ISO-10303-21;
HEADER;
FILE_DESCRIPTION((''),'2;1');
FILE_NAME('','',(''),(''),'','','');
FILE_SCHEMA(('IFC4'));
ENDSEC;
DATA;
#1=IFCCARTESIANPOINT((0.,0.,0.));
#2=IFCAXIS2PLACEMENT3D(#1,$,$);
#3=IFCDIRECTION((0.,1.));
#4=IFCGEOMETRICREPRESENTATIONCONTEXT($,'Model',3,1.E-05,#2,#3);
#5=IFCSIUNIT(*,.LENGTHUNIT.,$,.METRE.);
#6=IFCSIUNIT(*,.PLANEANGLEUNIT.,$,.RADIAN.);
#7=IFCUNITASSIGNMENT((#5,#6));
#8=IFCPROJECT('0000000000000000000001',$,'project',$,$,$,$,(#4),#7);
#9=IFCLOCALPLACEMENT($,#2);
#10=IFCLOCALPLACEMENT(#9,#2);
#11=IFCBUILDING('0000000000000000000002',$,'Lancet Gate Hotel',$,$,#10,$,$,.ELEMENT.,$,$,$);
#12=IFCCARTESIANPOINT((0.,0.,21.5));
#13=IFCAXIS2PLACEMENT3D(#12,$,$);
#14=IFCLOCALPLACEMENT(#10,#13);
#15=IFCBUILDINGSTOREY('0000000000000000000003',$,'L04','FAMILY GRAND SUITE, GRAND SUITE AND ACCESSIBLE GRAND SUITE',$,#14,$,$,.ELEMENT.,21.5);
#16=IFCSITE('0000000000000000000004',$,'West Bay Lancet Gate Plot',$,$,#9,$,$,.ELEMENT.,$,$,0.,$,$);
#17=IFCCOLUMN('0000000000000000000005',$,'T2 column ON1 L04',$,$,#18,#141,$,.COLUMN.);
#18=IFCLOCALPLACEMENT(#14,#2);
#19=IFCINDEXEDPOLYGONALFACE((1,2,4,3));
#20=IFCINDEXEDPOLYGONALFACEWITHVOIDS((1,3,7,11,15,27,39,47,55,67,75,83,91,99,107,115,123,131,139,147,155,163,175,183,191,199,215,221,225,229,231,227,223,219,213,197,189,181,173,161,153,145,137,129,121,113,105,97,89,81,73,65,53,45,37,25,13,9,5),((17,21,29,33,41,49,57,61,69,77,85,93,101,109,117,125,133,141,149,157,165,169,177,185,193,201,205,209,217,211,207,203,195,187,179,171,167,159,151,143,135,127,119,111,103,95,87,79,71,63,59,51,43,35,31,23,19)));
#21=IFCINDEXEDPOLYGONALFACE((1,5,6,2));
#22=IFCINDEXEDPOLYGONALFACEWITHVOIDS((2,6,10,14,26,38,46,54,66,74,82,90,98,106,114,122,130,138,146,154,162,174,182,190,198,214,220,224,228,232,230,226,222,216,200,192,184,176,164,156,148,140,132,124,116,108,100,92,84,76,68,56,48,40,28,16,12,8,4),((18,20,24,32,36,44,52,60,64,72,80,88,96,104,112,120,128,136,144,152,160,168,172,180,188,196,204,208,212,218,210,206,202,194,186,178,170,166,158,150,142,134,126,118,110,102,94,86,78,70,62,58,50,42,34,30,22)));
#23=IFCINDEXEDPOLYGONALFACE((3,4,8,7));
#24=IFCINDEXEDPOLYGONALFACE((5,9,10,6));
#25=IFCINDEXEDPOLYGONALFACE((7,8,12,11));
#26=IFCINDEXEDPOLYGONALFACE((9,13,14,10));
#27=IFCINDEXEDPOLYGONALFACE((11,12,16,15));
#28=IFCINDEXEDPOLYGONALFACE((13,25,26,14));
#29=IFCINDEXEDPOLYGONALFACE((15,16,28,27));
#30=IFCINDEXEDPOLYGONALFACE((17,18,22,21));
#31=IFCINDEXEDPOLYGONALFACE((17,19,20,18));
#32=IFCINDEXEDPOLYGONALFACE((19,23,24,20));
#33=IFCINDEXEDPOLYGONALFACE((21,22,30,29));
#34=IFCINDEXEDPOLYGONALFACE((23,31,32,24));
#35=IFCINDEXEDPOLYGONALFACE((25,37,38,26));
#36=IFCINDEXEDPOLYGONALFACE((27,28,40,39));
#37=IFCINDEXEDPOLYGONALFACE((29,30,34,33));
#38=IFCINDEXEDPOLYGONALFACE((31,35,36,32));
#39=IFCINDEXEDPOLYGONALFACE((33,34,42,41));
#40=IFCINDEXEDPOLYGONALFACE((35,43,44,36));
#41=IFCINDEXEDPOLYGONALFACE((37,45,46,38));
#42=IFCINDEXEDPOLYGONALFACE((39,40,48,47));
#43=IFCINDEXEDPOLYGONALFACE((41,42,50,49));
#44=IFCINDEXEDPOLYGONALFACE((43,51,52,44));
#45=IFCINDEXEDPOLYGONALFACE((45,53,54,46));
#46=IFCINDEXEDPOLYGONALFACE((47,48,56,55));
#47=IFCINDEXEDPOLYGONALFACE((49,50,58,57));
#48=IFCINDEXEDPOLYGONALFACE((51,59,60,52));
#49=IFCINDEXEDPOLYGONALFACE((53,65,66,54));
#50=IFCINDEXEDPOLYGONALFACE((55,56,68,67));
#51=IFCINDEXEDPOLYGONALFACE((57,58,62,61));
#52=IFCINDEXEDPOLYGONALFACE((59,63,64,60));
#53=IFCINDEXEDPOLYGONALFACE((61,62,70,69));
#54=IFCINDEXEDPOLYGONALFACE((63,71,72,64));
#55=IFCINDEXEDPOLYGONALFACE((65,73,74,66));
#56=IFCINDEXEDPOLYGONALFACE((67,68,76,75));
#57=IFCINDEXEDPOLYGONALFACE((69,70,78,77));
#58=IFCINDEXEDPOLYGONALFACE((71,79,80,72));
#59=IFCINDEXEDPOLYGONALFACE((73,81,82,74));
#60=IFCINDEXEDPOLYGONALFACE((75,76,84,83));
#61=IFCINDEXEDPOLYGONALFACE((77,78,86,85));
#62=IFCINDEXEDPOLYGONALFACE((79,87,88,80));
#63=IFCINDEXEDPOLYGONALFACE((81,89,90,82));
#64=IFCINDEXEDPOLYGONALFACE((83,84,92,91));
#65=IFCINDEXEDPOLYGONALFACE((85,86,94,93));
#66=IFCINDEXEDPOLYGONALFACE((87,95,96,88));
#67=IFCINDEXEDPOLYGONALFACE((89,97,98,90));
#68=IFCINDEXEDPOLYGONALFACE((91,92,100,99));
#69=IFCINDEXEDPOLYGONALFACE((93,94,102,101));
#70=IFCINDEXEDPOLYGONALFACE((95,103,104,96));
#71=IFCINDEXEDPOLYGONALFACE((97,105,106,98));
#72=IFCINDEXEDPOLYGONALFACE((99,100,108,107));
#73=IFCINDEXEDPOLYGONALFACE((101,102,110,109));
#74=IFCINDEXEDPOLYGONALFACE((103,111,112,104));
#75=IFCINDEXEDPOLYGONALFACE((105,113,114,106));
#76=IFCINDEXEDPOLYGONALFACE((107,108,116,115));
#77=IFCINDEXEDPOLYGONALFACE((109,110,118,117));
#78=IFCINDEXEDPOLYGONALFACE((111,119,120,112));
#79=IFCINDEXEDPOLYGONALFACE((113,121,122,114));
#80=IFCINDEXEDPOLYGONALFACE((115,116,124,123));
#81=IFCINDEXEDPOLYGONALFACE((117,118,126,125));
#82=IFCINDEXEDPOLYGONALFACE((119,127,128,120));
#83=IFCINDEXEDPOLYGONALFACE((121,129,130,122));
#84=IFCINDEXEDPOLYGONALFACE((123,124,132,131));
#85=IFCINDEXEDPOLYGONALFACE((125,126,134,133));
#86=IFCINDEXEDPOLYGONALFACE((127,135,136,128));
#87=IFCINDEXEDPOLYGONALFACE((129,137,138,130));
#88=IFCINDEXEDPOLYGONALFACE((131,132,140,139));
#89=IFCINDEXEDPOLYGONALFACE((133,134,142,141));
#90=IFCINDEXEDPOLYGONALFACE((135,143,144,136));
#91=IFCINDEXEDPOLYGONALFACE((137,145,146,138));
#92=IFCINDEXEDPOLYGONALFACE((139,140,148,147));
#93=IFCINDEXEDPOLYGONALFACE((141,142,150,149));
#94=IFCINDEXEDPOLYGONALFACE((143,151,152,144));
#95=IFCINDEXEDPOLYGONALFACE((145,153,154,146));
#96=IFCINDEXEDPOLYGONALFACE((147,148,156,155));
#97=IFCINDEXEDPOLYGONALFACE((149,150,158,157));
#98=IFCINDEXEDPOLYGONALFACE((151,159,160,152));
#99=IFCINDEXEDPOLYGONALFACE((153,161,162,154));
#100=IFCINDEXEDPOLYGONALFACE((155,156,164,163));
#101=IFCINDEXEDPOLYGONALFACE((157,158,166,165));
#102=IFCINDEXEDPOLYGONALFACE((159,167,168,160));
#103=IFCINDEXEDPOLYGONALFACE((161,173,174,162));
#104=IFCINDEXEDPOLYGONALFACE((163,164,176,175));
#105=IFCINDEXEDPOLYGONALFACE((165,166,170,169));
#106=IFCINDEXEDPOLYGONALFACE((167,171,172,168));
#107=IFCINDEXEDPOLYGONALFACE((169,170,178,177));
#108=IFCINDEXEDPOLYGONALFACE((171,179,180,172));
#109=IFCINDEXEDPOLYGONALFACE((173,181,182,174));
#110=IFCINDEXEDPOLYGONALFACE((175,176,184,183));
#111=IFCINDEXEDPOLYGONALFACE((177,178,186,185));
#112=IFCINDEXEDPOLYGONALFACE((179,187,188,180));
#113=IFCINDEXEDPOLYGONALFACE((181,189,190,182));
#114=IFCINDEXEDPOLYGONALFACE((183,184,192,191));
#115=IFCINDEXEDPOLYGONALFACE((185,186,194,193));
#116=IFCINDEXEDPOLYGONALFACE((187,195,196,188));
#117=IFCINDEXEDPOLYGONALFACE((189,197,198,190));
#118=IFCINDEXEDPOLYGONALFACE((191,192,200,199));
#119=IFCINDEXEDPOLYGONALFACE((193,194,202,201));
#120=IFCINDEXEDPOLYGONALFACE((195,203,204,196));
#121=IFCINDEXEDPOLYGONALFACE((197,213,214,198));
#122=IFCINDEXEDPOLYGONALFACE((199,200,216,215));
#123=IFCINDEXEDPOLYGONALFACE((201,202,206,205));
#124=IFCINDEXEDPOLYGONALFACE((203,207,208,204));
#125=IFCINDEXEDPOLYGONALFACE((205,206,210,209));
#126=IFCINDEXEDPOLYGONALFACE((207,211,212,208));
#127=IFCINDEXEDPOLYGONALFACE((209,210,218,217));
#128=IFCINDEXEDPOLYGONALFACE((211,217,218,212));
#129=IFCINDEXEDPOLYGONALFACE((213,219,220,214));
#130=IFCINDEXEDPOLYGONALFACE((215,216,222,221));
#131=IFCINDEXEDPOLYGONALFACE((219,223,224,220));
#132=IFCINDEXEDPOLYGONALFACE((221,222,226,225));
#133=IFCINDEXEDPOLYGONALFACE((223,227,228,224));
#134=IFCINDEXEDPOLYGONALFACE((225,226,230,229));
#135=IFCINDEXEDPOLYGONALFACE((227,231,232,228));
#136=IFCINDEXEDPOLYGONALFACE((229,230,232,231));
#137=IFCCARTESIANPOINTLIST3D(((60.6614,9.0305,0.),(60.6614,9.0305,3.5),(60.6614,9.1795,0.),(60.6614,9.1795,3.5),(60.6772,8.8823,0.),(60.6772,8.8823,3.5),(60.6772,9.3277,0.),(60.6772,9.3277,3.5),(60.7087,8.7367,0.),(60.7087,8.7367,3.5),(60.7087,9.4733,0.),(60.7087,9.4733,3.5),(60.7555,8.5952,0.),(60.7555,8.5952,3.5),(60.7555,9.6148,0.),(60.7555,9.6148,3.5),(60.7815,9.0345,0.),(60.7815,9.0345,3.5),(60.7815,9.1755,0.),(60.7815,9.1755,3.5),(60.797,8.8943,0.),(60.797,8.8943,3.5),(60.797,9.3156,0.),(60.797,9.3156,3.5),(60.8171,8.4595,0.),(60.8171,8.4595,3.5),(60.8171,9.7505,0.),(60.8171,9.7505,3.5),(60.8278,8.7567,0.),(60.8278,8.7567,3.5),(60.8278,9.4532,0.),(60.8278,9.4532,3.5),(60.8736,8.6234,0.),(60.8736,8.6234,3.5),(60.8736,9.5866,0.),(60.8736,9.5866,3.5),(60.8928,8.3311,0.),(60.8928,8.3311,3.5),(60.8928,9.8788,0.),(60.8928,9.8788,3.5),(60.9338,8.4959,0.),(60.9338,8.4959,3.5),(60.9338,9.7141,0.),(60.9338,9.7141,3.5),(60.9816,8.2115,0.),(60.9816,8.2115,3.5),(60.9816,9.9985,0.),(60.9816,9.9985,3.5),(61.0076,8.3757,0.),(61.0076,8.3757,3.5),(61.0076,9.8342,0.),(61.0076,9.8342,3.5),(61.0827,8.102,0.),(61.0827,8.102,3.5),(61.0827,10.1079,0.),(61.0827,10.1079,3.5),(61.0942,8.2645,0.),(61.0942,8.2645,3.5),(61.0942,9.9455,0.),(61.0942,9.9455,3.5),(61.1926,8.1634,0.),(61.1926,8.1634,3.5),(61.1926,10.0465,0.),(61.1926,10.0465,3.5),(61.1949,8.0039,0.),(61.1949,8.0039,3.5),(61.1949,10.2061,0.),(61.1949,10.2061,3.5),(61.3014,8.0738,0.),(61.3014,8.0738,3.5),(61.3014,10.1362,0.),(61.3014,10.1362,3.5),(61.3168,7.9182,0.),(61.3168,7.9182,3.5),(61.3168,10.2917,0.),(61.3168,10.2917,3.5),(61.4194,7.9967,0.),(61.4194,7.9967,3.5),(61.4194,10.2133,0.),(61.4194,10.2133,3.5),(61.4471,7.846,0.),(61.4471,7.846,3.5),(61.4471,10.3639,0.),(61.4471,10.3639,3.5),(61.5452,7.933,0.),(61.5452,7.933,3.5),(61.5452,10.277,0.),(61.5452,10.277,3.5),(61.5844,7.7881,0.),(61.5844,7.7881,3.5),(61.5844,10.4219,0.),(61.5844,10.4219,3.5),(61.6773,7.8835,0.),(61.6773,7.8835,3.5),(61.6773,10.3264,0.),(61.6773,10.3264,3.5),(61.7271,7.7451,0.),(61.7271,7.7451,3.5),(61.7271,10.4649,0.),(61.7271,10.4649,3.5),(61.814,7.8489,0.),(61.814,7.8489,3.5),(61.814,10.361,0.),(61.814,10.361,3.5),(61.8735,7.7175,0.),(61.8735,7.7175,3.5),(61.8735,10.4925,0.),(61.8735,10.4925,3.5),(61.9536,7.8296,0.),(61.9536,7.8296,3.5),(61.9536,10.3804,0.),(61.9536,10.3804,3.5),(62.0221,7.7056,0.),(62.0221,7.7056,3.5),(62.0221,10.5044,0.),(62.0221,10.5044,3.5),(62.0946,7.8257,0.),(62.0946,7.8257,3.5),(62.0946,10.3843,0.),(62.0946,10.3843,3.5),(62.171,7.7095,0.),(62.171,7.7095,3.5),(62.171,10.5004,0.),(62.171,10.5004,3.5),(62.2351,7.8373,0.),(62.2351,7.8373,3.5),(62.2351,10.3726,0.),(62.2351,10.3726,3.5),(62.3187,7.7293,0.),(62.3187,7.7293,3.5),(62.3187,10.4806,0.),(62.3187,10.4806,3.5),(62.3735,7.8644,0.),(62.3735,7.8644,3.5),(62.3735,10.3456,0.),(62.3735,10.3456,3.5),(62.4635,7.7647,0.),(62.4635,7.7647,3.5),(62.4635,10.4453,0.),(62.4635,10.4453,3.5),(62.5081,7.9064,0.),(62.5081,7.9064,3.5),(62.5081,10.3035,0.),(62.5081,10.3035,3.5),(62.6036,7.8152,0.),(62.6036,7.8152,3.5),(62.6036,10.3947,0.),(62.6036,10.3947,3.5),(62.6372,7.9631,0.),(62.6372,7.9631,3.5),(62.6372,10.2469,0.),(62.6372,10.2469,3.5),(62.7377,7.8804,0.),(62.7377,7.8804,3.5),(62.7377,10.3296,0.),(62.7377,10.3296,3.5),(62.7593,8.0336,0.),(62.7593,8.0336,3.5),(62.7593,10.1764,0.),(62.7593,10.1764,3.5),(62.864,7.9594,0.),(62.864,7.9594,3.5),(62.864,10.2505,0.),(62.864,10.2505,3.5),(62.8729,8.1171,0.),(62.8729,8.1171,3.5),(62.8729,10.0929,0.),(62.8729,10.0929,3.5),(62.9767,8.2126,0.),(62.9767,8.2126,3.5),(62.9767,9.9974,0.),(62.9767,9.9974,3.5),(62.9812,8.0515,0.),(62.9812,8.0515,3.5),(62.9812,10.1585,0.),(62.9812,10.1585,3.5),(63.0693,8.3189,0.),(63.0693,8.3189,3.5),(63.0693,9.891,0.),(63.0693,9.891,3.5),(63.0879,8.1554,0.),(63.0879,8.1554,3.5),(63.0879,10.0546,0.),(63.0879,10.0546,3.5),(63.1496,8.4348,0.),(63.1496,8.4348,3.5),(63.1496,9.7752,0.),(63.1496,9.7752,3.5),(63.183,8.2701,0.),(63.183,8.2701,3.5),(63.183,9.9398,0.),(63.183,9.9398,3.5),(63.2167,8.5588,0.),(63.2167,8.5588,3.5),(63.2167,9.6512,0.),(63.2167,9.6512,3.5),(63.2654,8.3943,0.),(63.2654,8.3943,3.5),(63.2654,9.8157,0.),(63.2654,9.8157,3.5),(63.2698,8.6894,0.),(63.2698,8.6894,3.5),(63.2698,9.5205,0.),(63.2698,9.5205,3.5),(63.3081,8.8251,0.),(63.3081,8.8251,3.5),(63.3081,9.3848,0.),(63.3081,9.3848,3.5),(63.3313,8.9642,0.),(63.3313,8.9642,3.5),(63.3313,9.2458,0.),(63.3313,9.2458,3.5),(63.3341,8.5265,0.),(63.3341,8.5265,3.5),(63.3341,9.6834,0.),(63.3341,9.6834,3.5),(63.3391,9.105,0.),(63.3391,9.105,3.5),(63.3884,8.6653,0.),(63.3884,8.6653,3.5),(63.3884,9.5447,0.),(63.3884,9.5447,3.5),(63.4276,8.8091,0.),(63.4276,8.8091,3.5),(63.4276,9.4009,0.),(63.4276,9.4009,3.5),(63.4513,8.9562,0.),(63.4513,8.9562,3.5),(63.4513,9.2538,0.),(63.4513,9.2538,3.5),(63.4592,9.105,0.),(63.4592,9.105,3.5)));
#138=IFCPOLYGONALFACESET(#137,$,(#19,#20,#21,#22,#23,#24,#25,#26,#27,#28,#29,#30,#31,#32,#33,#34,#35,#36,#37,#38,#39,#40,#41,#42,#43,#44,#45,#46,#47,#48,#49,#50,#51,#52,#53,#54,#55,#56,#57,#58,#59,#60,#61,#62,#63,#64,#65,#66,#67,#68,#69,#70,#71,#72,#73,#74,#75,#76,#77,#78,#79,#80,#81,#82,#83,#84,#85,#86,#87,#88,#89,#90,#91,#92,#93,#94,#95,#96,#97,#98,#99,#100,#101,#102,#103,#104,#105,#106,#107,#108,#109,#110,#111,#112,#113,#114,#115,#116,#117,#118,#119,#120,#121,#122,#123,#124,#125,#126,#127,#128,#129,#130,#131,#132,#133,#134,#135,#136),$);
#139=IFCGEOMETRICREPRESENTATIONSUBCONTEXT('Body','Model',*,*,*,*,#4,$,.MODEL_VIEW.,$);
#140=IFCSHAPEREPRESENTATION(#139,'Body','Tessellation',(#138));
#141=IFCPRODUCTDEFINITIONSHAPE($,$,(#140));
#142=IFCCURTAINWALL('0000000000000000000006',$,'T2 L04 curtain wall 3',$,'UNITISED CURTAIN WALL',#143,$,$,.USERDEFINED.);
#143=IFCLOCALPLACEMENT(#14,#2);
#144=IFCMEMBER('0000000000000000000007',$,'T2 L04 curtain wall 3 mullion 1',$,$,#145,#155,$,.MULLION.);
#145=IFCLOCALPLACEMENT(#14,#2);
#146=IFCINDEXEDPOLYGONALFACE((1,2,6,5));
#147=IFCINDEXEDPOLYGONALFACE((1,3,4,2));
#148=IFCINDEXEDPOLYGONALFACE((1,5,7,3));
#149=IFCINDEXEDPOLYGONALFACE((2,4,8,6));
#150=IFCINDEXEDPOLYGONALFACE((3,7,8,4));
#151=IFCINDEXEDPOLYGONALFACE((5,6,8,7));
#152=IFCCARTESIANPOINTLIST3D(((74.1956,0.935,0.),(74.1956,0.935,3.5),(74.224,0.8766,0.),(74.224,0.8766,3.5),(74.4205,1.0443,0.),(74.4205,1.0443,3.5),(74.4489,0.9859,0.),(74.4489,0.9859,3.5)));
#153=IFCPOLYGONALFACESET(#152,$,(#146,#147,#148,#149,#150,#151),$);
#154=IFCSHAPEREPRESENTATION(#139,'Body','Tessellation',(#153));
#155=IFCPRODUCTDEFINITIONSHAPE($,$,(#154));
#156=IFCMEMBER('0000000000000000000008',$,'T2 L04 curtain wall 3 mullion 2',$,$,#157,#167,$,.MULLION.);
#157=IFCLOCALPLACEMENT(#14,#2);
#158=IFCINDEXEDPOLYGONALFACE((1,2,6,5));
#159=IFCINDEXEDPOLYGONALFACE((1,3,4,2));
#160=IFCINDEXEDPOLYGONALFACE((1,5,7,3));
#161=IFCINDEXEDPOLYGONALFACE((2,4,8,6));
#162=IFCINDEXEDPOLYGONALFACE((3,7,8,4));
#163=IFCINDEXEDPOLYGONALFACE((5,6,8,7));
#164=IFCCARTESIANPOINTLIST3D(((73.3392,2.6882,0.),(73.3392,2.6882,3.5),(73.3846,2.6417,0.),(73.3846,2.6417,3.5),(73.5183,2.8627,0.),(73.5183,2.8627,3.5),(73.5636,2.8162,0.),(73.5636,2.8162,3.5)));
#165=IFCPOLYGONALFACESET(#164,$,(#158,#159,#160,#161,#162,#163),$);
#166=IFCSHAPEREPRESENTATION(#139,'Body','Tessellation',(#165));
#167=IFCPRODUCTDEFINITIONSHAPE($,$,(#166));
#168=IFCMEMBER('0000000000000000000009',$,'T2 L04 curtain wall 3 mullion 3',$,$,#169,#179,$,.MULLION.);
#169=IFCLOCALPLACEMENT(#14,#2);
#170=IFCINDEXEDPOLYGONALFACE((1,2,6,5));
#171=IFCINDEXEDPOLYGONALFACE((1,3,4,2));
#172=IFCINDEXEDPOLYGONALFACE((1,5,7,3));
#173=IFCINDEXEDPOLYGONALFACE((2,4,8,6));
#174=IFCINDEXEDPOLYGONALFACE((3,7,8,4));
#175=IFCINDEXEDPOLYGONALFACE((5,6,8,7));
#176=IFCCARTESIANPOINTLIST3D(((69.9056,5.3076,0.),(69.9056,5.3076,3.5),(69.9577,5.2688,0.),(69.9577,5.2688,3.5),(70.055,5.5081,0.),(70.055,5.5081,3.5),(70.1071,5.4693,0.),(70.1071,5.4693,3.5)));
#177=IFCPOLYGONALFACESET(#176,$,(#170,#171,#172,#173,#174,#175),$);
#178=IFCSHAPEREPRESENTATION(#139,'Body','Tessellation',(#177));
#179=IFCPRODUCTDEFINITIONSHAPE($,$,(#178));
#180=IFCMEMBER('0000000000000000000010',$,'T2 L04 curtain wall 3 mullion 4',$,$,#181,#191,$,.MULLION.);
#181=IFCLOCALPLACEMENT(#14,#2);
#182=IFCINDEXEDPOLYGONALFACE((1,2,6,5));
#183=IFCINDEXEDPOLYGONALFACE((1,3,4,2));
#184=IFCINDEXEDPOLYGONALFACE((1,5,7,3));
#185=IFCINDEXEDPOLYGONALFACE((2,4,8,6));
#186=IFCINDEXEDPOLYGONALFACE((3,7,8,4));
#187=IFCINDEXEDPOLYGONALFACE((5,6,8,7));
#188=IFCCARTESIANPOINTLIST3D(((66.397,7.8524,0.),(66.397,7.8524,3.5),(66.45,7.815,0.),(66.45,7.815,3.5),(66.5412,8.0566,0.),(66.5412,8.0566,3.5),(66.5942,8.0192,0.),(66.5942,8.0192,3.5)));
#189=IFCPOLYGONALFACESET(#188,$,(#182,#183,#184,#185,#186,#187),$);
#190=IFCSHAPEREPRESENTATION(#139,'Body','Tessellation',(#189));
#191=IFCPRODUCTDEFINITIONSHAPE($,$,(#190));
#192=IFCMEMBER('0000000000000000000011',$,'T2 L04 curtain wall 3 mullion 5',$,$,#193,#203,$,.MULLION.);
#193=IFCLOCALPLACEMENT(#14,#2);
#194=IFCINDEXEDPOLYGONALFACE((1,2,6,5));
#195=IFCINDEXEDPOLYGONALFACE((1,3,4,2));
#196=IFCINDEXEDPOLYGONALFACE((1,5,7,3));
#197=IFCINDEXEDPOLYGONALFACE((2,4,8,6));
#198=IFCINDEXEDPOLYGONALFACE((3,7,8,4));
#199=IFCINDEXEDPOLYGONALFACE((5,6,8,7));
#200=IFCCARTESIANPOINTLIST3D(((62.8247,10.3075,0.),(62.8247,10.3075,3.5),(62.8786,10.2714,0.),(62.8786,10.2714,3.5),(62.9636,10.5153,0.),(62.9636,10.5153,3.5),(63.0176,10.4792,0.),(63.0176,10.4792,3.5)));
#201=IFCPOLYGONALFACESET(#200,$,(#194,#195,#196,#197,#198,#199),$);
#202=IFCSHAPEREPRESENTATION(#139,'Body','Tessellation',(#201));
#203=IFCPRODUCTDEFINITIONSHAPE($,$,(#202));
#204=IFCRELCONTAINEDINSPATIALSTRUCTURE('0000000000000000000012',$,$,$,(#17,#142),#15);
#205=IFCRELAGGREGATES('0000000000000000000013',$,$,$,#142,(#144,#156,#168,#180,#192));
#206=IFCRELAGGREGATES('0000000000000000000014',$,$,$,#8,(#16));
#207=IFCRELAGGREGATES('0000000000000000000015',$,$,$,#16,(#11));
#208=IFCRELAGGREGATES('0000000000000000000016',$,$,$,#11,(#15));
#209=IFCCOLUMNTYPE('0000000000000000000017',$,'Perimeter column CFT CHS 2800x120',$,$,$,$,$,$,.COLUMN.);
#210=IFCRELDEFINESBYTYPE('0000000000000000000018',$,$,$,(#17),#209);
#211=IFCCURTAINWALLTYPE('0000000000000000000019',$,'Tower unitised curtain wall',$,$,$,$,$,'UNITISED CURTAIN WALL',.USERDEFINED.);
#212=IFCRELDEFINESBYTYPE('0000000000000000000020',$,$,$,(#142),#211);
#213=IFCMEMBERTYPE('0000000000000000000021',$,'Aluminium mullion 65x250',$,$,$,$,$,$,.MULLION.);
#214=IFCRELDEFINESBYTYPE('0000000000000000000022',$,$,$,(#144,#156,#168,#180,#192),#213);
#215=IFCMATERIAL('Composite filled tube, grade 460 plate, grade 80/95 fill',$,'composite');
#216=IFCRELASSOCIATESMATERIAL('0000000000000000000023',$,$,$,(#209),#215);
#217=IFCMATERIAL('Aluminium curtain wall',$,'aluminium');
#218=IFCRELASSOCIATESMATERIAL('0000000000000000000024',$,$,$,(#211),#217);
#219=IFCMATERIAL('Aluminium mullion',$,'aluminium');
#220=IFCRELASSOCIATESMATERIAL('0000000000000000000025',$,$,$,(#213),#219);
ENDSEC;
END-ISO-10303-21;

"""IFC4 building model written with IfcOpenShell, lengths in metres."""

from ifc_helpers import new_model, si_unit, direction, frame, origin, origin_2d, place, context, subcontext, project, spatial, rectangle, hollow_circle, extrude, material, material_profile, profile_set, type_object, element, aggregate, save


model = new_model("IFC4")

# Units and contexts
model_context = context("Model", 3, precision=1e-05, world=origin(), true_north=direction((0.0, 1.0)))
body_context = subcontext(model_context, "Body", "Model", "MODEL_VIEW")
ifc_project = project(units=[si_unit("LENGTHUNIT", "METRE"), si_unit("PLANEANGLEUNIT", "RADIAN")], contexts=[model_context])

# Site, building, storey
site_placement = place(None, origin())
site = spatial("IfcSite", under=ifc_project, at=site_placement, Name="West Bay Lancet Gate Plot", CompositionType="ELEMENT", RefElevation=0.0)
building_placement = place(site_placement, origin())
building = spatial("IfcBuilding", under=site, at=building_placement, Name="Lancet Gate Hotel", CompositionType="ELEMENT")
storey_placement = place(building_placement, frame((0.0, 0.0, 21.5)))
storey = spatial("IfcBuildingStorey", under=building, at=storey_placement, Name="L04", Description="FAMILY GRAND SUITE, GRAND SUITE AND ACCESSIBLE GRAND SUITE", CompositionType="ELEMENT", Elevation=21.5)

# Column
ifc_material_1 = material(Name="Composite filled tube, grade 460 plate, grade 80/95 fill", Category="composite")
ifc_material_profile_1 = material_profile(ifc_material_1, hollow_circle(Radius=1.3999, WallThickness=0.1201, at=origin_2d()), Name="CHS 2800x120")
ifc_profile_set_1 = profile_set([ifc_material_profile_1], Name="Composite filled tube, grade 460 plate, grade 80/95 fill")
column_type_1 = type_object("IfcColumnType", Name="Perimeter column CFT CHS 2800x120", PredefinedType="COLUMN", material=ifc_profile_set_1)
column_1_placement = place(storey_placement, frame((62.0593, 9.105, 0.0), z_axis=(0.0, 0.0, 1.0), x_axis=(1.0, 0.0, 0.0)))
element("IfcColumn", 1, at=column_1_placement, inside=storey, type_object=column_type_1, Name="T2 column ON1 L04", PredefinedType="COLUMN", context=body_context, shape_type="SweptSolid", body=[
    extrude(hollow_circle(Radius=1.3999, WallThickness=0.1201, at=origin_2d()), origin(), (0.0, 0.0, 1.0), 3.5),
])

# Curtain wall, members
ifc_material_2 = material(Name="Aluminium curtain wall", Category="aluminium")
curtain_wall_type = type_object("IfcCurtainWallType", Name="Tower unitised curtain wall", ElementType="UNITISED CURTAIN WALL", PredefinedType="USERDEFINED", material=ifc_material_2)
curtain_wall_placement = place(storey_placement, origin())
curtain_wall = element("IfcCurtainWall", 2, at=curtain_wall_placement, inside=storey, type_object=curtain_wall_type, Name="T2 L04 curtain wall 3", ObjectType="UNITISED CURTAIN WALL", PredefinedType="USERDEFINED")
ifc_material_3 = material(Name="Aluminium mullion", Category="aluminium")
ifc_material_profile_2 = material_profile(ifc_material_3, rectangle(XDim=0.0649, YDim=0.25, at=origin_2d()), Name="MULLION 65x250")
ifc_profile_set_2 = profile_set([ifc_material_profile_2], Name="Aluminium mullion")
member_type_1 = type_object("IfcMemberType", Name="Aluminium mullion 65x250", PredefinedType="MULLION", material=ifc_profile_set_2)
member_1_placement = place(storey_placement, frame((74.3223, 0.9604, 0.0), z_axis=(0.0, 0.0, 1.0), x_axis=(-0.437169, 0.899379, 0.0)))
member_1 = element("IfcMember", 3, at=member_1_placement, type_object=member_type_1, Name="T2 L04 curtain wall 3 mullion 1", PredefinedType="MULLION", context=body_context, shape_type="SweptSolid", body=[
    extrude(rectangle(XDim=0.0649, YDim=0.25, at=origin_2d()), origin(), (0.0, 0.0, 1.0), 3.5),
])
member_2_placement = place(storey_placement, frame((73.4514, 2.7522, 0.0), z_axis=(0.0, 0.0, 1.0), x_axis=(-0.697983, 0.716114, 0.0)))
member_2 = element("IfcMember", 4, at=member_2_placement, type_object=member_type_1, Name="T2 L04 curtain wall 3 mullion 2", PredefinedType="MULLION", context=body_context, shape_type="SweptSolid", body=[
    extrude(rectangle(XDim=0.0649, YDim=0.25, at=origin_2d()), origin(), (0.0, 0.0, 1.0), 3.5),
])
member_3_placement = place(storey_placement, frame((70.0063, 5.3884, 0.0), z_axis=(0.0, 0.0, 1.0), x_axis=(-0.80183, 0.597552, 0.0)))
member_3 = element("IfcMember", 5, at=member_3_placement, type_object=member_type_1, Name="T2 L04 curtain wall 3 mullion 3", PredefinedType="MULLION", context=body_context, shape_type="SweptSolid", body=[
    extrude(rectangle(XDim=0.0649, YDim=0.25, at=origin_2d()), origin(), (0.0, 0.0, 1.0), 3.5),
])
member_4_placement = place(storey_placement, frame((66.4956, 7.9358, 0.0), z_axis=(0.0, 0.0, 1.0), x_axis=(-0.816779, 0.576951, 0.0)))
member_4 = element("IfcMember", 6, at=member_4_placement, type_object=member_type_1, Name="T2 L04 curtain wall 3 mullion 4", PredefinedType="MULLION", context=body_context, shape_type="SweptSolid", body=[
    extrude(rectangle(XDim=0.0649, YDim=0.25, at=origin_2d()), origin(), (0.0, 0.0, 1.0), 3.5),
])
member_5_placement = place(storey_placement, frame((62.9211, 10.3933, 0.0), z_axis=(0.0, 0.0, 1.0), x_axis=(-0.831198, 0.555976, 0.0)))
member_5 = element("IfcMember", 7, at=member_5_placement, type_object=member_type_1, Name="T2 L04 curtain wall 3 mullion 5", PredefinedType="MULLION", context=body_context, shape_type="SweptSolid", body=[
    extrude(rectangle(XDim=0.0649, YDim=0.25, at=origin_2d()), origin(), (0.0, 0.0, 1.0), 3.5),
])

aggregate(curtain_wall, [member_1, member_2, member_3, member_4, member_5])

save(model, "model.ifc")
